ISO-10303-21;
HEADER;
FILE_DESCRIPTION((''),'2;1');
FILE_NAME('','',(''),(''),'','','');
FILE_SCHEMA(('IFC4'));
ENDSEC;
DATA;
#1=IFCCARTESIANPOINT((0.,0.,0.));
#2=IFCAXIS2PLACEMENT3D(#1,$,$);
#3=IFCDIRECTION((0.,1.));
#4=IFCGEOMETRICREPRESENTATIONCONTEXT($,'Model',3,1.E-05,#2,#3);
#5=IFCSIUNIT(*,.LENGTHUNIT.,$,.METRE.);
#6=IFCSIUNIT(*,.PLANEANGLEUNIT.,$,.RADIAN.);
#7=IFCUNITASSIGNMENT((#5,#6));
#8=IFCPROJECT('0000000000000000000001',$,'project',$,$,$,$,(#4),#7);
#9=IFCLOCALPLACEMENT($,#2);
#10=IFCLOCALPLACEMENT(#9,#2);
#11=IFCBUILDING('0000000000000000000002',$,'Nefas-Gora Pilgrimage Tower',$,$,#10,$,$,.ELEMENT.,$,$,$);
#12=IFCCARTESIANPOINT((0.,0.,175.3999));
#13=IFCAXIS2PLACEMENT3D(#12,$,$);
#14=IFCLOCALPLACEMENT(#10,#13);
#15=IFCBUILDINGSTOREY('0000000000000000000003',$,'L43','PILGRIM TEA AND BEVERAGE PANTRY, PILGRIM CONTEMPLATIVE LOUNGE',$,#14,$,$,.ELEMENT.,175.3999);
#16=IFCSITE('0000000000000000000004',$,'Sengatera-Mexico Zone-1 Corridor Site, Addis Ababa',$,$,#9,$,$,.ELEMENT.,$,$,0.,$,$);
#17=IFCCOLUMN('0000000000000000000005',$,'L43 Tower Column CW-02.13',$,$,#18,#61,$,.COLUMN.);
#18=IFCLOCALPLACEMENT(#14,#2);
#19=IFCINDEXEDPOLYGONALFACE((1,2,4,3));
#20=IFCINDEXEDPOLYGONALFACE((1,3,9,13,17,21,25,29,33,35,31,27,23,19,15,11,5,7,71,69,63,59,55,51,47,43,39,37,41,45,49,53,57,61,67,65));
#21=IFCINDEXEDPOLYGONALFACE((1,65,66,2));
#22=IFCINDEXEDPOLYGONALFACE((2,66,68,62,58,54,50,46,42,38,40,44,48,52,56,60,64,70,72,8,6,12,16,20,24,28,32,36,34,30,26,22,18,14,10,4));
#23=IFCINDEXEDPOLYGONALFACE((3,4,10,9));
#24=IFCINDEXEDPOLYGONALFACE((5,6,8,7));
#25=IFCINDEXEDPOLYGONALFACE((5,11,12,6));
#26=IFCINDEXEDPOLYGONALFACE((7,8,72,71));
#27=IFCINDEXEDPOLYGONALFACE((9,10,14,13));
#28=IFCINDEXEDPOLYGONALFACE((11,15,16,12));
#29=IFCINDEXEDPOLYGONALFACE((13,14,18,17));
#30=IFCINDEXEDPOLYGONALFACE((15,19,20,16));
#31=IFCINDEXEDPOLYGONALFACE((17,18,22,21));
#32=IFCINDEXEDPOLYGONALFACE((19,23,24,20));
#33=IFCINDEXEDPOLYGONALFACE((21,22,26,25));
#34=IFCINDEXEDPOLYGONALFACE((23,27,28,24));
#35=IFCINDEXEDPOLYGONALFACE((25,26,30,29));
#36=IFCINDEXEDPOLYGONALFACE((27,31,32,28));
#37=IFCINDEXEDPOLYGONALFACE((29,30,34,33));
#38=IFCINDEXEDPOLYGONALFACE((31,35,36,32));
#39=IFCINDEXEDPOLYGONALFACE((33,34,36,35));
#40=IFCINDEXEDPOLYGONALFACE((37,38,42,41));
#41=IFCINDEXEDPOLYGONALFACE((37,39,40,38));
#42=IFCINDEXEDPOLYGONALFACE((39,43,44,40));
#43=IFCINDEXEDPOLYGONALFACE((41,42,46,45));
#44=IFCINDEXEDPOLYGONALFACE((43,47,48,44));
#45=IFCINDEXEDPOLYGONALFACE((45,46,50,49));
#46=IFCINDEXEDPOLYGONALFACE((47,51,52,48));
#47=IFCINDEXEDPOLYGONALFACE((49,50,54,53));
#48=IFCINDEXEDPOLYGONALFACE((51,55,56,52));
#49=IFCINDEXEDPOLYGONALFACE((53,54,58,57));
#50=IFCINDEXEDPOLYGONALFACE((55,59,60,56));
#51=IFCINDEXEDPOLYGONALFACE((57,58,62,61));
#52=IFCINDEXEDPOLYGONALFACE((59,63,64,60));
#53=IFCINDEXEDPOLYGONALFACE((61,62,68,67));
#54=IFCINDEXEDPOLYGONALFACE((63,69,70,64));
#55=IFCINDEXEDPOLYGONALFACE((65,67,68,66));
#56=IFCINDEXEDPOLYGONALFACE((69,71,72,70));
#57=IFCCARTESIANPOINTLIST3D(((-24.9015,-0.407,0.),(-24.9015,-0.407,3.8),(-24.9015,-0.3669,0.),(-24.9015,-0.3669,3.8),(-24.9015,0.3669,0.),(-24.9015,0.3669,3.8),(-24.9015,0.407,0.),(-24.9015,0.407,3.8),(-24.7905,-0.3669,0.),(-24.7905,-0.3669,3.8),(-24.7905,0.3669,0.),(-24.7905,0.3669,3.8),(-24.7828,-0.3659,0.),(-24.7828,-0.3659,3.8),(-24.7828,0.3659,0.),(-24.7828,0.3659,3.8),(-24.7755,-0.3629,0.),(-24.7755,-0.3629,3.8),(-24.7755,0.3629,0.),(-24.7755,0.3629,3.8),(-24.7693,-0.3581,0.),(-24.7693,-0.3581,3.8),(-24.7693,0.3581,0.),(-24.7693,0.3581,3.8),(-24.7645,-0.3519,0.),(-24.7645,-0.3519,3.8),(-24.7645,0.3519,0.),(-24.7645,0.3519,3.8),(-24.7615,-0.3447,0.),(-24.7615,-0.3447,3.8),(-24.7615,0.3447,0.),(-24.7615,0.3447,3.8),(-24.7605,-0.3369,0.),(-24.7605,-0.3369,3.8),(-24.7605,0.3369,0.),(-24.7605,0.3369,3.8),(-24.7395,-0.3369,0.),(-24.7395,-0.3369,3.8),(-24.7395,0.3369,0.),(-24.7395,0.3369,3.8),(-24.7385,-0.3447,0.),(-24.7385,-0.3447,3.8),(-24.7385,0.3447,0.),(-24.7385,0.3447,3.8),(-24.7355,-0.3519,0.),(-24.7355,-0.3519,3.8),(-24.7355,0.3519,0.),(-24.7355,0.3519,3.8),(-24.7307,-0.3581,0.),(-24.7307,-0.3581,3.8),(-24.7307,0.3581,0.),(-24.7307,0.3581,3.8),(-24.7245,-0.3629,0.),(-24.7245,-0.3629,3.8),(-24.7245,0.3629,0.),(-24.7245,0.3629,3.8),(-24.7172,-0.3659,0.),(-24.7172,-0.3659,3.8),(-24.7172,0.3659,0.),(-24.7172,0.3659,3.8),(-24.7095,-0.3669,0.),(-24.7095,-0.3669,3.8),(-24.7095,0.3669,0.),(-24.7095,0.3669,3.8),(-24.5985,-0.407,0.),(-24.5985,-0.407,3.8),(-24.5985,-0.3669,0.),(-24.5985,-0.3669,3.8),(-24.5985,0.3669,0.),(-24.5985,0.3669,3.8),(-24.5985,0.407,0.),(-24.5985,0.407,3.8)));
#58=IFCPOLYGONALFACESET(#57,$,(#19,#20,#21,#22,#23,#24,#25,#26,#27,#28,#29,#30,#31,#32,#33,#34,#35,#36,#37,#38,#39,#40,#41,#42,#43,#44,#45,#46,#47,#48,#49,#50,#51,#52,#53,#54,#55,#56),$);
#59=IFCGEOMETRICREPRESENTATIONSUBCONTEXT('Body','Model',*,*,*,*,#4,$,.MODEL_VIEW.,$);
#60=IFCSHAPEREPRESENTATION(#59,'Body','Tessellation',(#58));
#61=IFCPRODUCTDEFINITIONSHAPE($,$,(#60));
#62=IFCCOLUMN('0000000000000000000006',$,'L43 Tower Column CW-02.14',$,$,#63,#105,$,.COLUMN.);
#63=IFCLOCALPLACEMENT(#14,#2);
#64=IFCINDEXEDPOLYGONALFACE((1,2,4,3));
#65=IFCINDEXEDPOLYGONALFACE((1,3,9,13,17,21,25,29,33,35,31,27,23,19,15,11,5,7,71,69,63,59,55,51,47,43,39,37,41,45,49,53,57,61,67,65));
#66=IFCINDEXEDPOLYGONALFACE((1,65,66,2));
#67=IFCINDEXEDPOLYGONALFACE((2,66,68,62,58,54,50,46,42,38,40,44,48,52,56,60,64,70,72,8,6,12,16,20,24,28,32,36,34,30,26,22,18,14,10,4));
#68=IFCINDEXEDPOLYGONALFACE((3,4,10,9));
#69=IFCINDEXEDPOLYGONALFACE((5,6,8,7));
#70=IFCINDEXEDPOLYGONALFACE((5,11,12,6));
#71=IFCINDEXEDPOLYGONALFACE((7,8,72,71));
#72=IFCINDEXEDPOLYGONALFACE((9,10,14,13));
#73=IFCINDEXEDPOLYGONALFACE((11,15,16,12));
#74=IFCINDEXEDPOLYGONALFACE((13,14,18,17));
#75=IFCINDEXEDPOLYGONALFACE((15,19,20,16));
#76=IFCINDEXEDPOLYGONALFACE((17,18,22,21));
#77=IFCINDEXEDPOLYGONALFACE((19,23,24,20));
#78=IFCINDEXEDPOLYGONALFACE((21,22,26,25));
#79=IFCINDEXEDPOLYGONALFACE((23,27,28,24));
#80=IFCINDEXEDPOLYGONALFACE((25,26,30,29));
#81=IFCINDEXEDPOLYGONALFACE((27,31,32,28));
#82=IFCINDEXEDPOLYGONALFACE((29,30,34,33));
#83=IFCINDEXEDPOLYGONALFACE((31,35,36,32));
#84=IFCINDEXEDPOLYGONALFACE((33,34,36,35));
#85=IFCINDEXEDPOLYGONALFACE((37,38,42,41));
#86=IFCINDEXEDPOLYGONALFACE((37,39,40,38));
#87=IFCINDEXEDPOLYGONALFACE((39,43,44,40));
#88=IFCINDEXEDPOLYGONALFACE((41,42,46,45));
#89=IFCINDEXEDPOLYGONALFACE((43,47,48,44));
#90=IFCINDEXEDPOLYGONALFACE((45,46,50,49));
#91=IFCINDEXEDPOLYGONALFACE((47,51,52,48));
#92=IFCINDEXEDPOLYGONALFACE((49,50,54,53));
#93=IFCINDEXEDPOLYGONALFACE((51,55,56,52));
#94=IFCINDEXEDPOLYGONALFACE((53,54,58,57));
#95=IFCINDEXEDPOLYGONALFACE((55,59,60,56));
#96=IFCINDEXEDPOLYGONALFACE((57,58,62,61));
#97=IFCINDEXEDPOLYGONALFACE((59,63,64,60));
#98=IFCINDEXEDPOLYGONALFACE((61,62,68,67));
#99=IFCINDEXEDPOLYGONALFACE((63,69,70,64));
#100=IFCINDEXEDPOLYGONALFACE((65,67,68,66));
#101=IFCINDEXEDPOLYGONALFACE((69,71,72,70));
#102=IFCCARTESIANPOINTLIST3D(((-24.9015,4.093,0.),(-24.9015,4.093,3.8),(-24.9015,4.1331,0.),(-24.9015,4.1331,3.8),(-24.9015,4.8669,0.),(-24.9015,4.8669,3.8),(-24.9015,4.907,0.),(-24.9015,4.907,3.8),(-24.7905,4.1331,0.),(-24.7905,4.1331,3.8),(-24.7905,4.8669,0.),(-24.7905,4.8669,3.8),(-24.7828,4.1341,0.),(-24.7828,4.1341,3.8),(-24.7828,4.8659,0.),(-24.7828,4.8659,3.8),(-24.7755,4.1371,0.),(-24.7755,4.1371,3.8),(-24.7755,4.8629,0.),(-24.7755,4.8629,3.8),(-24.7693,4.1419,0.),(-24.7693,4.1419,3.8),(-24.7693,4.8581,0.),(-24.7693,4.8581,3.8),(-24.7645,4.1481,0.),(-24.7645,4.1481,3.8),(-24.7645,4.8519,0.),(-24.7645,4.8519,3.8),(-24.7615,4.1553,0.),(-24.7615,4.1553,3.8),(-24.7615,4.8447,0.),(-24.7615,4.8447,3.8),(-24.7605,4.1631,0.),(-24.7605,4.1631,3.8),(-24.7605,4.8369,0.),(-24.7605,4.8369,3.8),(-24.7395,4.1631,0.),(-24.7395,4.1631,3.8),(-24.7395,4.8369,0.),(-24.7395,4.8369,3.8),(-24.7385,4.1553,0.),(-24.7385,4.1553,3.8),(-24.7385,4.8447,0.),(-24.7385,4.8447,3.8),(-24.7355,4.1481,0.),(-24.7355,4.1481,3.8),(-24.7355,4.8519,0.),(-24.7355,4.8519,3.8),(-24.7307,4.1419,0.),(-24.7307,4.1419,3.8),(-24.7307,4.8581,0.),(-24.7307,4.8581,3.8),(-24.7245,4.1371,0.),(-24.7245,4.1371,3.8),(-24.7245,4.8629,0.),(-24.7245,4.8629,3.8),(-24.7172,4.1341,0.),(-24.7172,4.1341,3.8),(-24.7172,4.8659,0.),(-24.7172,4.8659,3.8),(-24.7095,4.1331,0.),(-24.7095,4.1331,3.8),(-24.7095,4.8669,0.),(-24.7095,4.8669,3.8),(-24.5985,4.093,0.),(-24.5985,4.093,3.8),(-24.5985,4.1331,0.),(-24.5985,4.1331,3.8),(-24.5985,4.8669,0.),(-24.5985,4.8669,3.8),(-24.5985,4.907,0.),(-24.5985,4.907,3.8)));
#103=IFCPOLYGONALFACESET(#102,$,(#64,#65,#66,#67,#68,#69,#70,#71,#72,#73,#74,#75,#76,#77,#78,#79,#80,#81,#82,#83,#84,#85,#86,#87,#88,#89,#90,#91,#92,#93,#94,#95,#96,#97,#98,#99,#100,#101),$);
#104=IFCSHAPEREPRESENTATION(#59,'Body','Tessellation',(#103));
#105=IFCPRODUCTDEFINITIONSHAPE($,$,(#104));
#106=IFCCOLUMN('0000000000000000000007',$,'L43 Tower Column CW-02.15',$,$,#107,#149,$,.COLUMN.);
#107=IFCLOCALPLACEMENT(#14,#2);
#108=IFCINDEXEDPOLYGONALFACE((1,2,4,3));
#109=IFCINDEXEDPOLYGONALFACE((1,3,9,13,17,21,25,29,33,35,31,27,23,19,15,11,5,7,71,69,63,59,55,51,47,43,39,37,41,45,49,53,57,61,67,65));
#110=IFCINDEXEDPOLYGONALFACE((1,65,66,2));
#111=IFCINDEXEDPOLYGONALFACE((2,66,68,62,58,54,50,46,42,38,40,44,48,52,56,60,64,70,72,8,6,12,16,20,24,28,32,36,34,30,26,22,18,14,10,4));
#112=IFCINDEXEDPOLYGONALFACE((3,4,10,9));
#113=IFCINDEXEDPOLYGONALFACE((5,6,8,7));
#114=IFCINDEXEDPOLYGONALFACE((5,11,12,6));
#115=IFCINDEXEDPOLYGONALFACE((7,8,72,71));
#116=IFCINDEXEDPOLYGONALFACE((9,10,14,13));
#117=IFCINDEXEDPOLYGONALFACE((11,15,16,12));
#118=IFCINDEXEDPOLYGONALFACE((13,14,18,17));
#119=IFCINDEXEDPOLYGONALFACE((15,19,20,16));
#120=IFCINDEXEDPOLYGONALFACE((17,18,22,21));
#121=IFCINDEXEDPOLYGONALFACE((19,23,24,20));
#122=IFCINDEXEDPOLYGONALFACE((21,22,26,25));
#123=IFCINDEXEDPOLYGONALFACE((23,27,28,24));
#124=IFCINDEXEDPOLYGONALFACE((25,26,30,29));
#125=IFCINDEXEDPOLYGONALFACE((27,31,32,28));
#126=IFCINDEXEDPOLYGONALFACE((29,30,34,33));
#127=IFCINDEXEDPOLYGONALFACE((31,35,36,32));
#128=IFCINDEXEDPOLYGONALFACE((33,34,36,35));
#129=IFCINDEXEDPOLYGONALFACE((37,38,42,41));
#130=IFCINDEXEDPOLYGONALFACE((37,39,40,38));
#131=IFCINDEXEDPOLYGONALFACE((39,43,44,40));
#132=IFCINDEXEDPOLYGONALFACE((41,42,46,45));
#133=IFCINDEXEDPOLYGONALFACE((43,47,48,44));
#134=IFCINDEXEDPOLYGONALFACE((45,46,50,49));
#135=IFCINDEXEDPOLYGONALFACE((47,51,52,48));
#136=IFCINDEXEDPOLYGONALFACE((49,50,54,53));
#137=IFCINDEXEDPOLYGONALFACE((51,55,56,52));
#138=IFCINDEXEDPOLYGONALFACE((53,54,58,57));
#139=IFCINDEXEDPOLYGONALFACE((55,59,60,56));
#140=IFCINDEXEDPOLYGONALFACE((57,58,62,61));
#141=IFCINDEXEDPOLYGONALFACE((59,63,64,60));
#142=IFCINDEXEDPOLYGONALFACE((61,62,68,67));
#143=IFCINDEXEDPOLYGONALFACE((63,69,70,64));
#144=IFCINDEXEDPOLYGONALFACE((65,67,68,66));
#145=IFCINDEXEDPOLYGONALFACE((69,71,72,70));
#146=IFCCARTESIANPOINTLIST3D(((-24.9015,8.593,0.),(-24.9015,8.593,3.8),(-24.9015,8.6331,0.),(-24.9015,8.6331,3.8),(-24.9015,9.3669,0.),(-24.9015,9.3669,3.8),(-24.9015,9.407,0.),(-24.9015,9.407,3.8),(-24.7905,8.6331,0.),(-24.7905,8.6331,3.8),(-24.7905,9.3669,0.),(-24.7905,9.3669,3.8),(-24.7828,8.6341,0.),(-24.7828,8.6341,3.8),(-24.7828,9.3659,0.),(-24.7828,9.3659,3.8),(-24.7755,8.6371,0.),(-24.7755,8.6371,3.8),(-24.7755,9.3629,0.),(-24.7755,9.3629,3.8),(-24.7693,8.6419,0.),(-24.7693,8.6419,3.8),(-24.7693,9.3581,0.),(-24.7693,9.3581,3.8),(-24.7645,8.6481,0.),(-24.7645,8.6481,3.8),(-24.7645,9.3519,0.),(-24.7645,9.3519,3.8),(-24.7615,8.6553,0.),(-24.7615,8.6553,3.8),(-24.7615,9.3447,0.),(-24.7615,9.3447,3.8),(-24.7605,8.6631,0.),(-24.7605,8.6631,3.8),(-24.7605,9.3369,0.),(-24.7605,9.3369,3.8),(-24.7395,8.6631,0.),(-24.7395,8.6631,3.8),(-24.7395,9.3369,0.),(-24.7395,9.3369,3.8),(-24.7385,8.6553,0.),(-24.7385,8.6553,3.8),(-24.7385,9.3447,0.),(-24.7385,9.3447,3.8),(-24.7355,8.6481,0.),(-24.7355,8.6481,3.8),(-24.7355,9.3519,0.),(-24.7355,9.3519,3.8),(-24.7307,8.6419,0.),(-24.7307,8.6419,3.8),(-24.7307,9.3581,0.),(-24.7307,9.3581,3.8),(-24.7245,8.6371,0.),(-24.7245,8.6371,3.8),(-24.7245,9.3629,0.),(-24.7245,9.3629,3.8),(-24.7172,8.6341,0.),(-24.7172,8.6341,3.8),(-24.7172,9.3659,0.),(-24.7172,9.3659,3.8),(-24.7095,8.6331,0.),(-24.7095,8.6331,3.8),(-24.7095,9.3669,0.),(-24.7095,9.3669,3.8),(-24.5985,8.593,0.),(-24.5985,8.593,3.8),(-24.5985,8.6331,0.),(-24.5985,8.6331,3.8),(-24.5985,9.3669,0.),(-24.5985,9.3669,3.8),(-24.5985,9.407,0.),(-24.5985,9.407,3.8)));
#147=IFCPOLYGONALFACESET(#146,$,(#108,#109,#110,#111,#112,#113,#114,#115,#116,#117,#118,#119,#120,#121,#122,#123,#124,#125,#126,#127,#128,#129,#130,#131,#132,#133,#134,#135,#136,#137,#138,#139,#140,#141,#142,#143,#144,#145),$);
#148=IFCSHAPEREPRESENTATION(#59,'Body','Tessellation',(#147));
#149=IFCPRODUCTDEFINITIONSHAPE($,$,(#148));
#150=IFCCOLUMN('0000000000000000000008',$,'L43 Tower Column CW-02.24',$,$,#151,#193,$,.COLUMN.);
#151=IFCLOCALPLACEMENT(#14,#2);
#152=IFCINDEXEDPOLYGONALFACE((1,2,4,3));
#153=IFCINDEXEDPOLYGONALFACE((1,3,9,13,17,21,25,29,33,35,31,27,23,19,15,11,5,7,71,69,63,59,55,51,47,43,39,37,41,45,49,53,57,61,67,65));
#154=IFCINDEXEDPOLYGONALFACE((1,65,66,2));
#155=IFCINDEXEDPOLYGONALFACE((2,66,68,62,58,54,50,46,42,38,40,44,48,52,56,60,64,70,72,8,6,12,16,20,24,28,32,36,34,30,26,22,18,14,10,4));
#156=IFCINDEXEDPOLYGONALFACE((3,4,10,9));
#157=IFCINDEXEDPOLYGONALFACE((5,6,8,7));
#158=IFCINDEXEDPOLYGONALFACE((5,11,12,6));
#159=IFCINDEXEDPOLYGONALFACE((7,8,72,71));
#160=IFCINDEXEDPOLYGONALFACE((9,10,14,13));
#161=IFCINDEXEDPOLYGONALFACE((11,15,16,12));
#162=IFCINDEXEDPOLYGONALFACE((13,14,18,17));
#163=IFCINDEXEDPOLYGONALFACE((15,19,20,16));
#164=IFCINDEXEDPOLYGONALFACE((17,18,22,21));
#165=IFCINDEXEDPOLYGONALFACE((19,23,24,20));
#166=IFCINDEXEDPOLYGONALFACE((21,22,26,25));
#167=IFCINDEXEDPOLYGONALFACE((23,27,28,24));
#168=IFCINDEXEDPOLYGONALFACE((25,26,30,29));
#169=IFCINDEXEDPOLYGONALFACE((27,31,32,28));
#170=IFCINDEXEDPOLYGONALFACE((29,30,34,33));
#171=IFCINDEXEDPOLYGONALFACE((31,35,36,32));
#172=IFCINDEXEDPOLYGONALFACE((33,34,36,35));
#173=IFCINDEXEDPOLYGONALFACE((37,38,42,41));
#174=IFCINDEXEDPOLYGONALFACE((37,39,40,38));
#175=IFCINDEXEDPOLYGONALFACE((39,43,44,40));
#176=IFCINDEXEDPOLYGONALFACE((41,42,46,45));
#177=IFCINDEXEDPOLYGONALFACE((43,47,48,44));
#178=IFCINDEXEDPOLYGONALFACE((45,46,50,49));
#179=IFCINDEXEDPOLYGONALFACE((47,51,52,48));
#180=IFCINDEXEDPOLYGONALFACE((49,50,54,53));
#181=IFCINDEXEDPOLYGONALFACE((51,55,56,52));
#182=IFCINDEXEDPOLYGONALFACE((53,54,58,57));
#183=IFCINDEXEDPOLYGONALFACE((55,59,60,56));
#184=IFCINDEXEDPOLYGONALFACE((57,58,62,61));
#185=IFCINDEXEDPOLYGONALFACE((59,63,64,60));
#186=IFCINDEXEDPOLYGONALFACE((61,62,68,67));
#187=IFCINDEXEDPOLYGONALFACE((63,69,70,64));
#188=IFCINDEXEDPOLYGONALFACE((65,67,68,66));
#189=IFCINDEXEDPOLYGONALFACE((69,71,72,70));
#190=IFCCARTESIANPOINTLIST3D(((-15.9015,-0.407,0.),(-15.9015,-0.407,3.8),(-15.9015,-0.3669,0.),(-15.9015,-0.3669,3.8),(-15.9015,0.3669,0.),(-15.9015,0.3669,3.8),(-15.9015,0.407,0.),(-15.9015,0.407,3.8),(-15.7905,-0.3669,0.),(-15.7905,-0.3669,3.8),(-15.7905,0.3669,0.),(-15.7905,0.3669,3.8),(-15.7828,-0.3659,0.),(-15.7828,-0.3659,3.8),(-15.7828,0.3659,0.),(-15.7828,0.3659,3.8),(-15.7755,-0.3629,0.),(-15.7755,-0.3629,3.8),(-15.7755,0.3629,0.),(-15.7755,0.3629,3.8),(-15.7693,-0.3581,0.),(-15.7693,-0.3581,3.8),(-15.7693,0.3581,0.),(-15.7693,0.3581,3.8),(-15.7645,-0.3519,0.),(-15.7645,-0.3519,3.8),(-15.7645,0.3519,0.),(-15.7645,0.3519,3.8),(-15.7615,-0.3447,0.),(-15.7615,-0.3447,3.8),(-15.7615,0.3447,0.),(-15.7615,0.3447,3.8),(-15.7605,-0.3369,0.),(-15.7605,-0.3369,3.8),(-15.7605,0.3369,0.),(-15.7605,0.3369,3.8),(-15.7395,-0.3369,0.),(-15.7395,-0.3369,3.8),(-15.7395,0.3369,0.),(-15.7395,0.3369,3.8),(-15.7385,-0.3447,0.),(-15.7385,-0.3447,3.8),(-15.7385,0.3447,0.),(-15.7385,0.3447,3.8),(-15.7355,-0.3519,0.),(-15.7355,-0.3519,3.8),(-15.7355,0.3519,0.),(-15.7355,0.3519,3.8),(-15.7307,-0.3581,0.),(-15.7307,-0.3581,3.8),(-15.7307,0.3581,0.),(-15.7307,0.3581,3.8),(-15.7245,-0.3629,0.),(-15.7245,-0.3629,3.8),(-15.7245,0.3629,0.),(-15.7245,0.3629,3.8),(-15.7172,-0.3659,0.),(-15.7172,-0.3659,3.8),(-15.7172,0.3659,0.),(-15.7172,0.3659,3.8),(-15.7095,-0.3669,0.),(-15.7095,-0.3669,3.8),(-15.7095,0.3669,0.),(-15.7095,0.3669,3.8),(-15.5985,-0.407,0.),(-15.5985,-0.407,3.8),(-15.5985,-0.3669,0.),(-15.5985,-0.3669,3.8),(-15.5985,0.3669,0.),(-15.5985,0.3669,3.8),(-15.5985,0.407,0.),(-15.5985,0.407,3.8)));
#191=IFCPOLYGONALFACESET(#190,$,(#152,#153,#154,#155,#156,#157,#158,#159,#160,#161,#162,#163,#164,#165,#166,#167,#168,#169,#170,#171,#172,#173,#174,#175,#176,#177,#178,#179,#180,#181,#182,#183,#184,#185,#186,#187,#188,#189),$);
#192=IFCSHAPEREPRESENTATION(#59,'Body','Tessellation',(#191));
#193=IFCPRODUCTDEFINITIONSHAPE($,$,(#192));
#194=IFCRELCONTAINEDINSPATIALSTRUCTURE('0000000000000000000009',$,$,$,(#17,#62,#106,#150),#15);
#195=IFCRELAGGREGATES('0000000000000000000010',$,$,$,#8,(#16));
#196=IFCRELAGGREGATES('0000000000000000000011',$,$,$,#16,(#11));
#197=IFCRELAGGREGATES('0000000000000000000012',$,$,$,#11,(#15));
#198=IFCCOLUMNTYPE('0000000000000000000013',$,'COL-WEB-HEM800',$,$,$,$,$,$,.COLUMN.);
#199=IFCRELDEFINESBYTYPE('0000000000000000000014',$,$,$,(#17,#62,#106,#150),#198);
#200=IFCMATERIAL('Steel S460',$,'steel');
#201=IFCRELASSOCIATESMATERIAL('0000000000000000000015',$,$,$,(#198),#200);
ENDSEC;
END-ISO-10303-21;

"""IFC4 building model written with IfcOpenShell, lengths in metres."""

from ifc_helpers import new_model, si_unit, direction, frame, origin, origin_2d, place, context, subcontext, project, spatial, i_section, extrude, source, transform, mapped, material, material_profile, profile_set, type_object, element, save


model = new_model("IFC4")

# Units and contexts
model_context = context("Model", 3, precision=1e-05, world=origin(), true_north=direction((0.0, 1.0)))
body_context = subcontext(model_context, "Body", "Model", "MODEL_VIEW")
ifc_project = project(units=[si_unit("LENGTHUNIT", "METRE"), si_unit("PLANEANGLEUNIT", "RADIAN")], contexts=[model_context])

# Site, building, storey
site_placement = place(None, origin())
site = spatial("IfcSite", under=ifc_project, at=site_placement, Name="Sengatera-Mexico Zone-1 Corridor Site, Addis Ababa", CompositionType="ELEMENT", RefElevation=0.0)
building_placement = place(site_placement, origin())
building = spatial("IfcBuilding", under=site, at=building_placement, Name="Nefas-Gora Pilgrimage Tower", CompositionType="ELEMENT")
storey_placement = place(building_placement, frame((0.0, 0.0, 175.3999)))
storey = spatial("IfcBuildingStorey", under=building, at=storey_placement, Name="L43", Description="PILGRIM TEA AND BEVERAGE PANTRY, PILGRIM CONTEMPLATIVE LOUNGE", CompositionType="ELEMENT", Elevation=175.3999)

# Columns
ifc_material_1 = material(Name="Steel S460", Category="steel")
ifc_material_profile_1 = material_profile(ifc_material_1, i_section(OverallWidth=0.303, OverallDepth=0.814, WebThickness=0.021, FlangeThickness=0.04, FilletRadius=0.03, at=origin_2d()), Name="HEM 800")
ifc_profile_set_1 = profile_set([ifc_material_profile_1], Name="Steel S460")
column_type_1 = type_object("IfcColumnType", Name="COL-WEB-HEM800", PredefinedType="COLUMN", material=ifc_profile_set_1)
shared_shape_1 = source(origin(), body_context, "Body", "SweptSolid", [
    extrude(i_section(OverallWidth=0.303, OverallDepth=0.814, WebThickness=0.021, FlangeThickness=0.04, FilletRadius=0.03, at=origin_2d()), origin(), (0.0, 0.0, 1.0), 3.8),
])
for number, where, z_axis, x_axis, name in (
    (1, (-24.75, 0.0, 0.0), (0.0, 0.0, 1.0), (1.0, 0.0, 0.0), "L43 Tower Column CW-02.13"),
    (2, (-24.75, 4.5, 0.0), (0.0, 0.0, 1.0), (1.0, 0.0, 0.0), "L43 Tower Column CW-02.14"),
    (3, (-24.75, 9.0, 0.0), (0.0, 0.0, 1.0), (1.0, 0.0, 0.0), "L43 Tower Column CW-02.15"),
    (4, (-15.75, 0.0, 0.0), (0.0, 0.0, 1.0), (1.0, 0.0, 0.0), "L43 Tower Column CW-02.24"),
):
    element("IfcColumn", number, at=place(storey_placement, frame(where, z_axis=z_axis, x_axis=x_axis)), inside=storey, type_object=column_type_1, Name=name, PredefinedType="COLUMN", context=body_context, shape_type="MappedRepresentation", body=[
        mapped(shared_shape_1, transform((0.0, 0.0, 0.0), x_axis=(1.0, 0.0, 0.0), y_axis=(0.0, 1.0, 0.0), z_axis=(0.0, 0.0, 1.0), scale=1.0)),
    ])

save(model, "model.ifc")
